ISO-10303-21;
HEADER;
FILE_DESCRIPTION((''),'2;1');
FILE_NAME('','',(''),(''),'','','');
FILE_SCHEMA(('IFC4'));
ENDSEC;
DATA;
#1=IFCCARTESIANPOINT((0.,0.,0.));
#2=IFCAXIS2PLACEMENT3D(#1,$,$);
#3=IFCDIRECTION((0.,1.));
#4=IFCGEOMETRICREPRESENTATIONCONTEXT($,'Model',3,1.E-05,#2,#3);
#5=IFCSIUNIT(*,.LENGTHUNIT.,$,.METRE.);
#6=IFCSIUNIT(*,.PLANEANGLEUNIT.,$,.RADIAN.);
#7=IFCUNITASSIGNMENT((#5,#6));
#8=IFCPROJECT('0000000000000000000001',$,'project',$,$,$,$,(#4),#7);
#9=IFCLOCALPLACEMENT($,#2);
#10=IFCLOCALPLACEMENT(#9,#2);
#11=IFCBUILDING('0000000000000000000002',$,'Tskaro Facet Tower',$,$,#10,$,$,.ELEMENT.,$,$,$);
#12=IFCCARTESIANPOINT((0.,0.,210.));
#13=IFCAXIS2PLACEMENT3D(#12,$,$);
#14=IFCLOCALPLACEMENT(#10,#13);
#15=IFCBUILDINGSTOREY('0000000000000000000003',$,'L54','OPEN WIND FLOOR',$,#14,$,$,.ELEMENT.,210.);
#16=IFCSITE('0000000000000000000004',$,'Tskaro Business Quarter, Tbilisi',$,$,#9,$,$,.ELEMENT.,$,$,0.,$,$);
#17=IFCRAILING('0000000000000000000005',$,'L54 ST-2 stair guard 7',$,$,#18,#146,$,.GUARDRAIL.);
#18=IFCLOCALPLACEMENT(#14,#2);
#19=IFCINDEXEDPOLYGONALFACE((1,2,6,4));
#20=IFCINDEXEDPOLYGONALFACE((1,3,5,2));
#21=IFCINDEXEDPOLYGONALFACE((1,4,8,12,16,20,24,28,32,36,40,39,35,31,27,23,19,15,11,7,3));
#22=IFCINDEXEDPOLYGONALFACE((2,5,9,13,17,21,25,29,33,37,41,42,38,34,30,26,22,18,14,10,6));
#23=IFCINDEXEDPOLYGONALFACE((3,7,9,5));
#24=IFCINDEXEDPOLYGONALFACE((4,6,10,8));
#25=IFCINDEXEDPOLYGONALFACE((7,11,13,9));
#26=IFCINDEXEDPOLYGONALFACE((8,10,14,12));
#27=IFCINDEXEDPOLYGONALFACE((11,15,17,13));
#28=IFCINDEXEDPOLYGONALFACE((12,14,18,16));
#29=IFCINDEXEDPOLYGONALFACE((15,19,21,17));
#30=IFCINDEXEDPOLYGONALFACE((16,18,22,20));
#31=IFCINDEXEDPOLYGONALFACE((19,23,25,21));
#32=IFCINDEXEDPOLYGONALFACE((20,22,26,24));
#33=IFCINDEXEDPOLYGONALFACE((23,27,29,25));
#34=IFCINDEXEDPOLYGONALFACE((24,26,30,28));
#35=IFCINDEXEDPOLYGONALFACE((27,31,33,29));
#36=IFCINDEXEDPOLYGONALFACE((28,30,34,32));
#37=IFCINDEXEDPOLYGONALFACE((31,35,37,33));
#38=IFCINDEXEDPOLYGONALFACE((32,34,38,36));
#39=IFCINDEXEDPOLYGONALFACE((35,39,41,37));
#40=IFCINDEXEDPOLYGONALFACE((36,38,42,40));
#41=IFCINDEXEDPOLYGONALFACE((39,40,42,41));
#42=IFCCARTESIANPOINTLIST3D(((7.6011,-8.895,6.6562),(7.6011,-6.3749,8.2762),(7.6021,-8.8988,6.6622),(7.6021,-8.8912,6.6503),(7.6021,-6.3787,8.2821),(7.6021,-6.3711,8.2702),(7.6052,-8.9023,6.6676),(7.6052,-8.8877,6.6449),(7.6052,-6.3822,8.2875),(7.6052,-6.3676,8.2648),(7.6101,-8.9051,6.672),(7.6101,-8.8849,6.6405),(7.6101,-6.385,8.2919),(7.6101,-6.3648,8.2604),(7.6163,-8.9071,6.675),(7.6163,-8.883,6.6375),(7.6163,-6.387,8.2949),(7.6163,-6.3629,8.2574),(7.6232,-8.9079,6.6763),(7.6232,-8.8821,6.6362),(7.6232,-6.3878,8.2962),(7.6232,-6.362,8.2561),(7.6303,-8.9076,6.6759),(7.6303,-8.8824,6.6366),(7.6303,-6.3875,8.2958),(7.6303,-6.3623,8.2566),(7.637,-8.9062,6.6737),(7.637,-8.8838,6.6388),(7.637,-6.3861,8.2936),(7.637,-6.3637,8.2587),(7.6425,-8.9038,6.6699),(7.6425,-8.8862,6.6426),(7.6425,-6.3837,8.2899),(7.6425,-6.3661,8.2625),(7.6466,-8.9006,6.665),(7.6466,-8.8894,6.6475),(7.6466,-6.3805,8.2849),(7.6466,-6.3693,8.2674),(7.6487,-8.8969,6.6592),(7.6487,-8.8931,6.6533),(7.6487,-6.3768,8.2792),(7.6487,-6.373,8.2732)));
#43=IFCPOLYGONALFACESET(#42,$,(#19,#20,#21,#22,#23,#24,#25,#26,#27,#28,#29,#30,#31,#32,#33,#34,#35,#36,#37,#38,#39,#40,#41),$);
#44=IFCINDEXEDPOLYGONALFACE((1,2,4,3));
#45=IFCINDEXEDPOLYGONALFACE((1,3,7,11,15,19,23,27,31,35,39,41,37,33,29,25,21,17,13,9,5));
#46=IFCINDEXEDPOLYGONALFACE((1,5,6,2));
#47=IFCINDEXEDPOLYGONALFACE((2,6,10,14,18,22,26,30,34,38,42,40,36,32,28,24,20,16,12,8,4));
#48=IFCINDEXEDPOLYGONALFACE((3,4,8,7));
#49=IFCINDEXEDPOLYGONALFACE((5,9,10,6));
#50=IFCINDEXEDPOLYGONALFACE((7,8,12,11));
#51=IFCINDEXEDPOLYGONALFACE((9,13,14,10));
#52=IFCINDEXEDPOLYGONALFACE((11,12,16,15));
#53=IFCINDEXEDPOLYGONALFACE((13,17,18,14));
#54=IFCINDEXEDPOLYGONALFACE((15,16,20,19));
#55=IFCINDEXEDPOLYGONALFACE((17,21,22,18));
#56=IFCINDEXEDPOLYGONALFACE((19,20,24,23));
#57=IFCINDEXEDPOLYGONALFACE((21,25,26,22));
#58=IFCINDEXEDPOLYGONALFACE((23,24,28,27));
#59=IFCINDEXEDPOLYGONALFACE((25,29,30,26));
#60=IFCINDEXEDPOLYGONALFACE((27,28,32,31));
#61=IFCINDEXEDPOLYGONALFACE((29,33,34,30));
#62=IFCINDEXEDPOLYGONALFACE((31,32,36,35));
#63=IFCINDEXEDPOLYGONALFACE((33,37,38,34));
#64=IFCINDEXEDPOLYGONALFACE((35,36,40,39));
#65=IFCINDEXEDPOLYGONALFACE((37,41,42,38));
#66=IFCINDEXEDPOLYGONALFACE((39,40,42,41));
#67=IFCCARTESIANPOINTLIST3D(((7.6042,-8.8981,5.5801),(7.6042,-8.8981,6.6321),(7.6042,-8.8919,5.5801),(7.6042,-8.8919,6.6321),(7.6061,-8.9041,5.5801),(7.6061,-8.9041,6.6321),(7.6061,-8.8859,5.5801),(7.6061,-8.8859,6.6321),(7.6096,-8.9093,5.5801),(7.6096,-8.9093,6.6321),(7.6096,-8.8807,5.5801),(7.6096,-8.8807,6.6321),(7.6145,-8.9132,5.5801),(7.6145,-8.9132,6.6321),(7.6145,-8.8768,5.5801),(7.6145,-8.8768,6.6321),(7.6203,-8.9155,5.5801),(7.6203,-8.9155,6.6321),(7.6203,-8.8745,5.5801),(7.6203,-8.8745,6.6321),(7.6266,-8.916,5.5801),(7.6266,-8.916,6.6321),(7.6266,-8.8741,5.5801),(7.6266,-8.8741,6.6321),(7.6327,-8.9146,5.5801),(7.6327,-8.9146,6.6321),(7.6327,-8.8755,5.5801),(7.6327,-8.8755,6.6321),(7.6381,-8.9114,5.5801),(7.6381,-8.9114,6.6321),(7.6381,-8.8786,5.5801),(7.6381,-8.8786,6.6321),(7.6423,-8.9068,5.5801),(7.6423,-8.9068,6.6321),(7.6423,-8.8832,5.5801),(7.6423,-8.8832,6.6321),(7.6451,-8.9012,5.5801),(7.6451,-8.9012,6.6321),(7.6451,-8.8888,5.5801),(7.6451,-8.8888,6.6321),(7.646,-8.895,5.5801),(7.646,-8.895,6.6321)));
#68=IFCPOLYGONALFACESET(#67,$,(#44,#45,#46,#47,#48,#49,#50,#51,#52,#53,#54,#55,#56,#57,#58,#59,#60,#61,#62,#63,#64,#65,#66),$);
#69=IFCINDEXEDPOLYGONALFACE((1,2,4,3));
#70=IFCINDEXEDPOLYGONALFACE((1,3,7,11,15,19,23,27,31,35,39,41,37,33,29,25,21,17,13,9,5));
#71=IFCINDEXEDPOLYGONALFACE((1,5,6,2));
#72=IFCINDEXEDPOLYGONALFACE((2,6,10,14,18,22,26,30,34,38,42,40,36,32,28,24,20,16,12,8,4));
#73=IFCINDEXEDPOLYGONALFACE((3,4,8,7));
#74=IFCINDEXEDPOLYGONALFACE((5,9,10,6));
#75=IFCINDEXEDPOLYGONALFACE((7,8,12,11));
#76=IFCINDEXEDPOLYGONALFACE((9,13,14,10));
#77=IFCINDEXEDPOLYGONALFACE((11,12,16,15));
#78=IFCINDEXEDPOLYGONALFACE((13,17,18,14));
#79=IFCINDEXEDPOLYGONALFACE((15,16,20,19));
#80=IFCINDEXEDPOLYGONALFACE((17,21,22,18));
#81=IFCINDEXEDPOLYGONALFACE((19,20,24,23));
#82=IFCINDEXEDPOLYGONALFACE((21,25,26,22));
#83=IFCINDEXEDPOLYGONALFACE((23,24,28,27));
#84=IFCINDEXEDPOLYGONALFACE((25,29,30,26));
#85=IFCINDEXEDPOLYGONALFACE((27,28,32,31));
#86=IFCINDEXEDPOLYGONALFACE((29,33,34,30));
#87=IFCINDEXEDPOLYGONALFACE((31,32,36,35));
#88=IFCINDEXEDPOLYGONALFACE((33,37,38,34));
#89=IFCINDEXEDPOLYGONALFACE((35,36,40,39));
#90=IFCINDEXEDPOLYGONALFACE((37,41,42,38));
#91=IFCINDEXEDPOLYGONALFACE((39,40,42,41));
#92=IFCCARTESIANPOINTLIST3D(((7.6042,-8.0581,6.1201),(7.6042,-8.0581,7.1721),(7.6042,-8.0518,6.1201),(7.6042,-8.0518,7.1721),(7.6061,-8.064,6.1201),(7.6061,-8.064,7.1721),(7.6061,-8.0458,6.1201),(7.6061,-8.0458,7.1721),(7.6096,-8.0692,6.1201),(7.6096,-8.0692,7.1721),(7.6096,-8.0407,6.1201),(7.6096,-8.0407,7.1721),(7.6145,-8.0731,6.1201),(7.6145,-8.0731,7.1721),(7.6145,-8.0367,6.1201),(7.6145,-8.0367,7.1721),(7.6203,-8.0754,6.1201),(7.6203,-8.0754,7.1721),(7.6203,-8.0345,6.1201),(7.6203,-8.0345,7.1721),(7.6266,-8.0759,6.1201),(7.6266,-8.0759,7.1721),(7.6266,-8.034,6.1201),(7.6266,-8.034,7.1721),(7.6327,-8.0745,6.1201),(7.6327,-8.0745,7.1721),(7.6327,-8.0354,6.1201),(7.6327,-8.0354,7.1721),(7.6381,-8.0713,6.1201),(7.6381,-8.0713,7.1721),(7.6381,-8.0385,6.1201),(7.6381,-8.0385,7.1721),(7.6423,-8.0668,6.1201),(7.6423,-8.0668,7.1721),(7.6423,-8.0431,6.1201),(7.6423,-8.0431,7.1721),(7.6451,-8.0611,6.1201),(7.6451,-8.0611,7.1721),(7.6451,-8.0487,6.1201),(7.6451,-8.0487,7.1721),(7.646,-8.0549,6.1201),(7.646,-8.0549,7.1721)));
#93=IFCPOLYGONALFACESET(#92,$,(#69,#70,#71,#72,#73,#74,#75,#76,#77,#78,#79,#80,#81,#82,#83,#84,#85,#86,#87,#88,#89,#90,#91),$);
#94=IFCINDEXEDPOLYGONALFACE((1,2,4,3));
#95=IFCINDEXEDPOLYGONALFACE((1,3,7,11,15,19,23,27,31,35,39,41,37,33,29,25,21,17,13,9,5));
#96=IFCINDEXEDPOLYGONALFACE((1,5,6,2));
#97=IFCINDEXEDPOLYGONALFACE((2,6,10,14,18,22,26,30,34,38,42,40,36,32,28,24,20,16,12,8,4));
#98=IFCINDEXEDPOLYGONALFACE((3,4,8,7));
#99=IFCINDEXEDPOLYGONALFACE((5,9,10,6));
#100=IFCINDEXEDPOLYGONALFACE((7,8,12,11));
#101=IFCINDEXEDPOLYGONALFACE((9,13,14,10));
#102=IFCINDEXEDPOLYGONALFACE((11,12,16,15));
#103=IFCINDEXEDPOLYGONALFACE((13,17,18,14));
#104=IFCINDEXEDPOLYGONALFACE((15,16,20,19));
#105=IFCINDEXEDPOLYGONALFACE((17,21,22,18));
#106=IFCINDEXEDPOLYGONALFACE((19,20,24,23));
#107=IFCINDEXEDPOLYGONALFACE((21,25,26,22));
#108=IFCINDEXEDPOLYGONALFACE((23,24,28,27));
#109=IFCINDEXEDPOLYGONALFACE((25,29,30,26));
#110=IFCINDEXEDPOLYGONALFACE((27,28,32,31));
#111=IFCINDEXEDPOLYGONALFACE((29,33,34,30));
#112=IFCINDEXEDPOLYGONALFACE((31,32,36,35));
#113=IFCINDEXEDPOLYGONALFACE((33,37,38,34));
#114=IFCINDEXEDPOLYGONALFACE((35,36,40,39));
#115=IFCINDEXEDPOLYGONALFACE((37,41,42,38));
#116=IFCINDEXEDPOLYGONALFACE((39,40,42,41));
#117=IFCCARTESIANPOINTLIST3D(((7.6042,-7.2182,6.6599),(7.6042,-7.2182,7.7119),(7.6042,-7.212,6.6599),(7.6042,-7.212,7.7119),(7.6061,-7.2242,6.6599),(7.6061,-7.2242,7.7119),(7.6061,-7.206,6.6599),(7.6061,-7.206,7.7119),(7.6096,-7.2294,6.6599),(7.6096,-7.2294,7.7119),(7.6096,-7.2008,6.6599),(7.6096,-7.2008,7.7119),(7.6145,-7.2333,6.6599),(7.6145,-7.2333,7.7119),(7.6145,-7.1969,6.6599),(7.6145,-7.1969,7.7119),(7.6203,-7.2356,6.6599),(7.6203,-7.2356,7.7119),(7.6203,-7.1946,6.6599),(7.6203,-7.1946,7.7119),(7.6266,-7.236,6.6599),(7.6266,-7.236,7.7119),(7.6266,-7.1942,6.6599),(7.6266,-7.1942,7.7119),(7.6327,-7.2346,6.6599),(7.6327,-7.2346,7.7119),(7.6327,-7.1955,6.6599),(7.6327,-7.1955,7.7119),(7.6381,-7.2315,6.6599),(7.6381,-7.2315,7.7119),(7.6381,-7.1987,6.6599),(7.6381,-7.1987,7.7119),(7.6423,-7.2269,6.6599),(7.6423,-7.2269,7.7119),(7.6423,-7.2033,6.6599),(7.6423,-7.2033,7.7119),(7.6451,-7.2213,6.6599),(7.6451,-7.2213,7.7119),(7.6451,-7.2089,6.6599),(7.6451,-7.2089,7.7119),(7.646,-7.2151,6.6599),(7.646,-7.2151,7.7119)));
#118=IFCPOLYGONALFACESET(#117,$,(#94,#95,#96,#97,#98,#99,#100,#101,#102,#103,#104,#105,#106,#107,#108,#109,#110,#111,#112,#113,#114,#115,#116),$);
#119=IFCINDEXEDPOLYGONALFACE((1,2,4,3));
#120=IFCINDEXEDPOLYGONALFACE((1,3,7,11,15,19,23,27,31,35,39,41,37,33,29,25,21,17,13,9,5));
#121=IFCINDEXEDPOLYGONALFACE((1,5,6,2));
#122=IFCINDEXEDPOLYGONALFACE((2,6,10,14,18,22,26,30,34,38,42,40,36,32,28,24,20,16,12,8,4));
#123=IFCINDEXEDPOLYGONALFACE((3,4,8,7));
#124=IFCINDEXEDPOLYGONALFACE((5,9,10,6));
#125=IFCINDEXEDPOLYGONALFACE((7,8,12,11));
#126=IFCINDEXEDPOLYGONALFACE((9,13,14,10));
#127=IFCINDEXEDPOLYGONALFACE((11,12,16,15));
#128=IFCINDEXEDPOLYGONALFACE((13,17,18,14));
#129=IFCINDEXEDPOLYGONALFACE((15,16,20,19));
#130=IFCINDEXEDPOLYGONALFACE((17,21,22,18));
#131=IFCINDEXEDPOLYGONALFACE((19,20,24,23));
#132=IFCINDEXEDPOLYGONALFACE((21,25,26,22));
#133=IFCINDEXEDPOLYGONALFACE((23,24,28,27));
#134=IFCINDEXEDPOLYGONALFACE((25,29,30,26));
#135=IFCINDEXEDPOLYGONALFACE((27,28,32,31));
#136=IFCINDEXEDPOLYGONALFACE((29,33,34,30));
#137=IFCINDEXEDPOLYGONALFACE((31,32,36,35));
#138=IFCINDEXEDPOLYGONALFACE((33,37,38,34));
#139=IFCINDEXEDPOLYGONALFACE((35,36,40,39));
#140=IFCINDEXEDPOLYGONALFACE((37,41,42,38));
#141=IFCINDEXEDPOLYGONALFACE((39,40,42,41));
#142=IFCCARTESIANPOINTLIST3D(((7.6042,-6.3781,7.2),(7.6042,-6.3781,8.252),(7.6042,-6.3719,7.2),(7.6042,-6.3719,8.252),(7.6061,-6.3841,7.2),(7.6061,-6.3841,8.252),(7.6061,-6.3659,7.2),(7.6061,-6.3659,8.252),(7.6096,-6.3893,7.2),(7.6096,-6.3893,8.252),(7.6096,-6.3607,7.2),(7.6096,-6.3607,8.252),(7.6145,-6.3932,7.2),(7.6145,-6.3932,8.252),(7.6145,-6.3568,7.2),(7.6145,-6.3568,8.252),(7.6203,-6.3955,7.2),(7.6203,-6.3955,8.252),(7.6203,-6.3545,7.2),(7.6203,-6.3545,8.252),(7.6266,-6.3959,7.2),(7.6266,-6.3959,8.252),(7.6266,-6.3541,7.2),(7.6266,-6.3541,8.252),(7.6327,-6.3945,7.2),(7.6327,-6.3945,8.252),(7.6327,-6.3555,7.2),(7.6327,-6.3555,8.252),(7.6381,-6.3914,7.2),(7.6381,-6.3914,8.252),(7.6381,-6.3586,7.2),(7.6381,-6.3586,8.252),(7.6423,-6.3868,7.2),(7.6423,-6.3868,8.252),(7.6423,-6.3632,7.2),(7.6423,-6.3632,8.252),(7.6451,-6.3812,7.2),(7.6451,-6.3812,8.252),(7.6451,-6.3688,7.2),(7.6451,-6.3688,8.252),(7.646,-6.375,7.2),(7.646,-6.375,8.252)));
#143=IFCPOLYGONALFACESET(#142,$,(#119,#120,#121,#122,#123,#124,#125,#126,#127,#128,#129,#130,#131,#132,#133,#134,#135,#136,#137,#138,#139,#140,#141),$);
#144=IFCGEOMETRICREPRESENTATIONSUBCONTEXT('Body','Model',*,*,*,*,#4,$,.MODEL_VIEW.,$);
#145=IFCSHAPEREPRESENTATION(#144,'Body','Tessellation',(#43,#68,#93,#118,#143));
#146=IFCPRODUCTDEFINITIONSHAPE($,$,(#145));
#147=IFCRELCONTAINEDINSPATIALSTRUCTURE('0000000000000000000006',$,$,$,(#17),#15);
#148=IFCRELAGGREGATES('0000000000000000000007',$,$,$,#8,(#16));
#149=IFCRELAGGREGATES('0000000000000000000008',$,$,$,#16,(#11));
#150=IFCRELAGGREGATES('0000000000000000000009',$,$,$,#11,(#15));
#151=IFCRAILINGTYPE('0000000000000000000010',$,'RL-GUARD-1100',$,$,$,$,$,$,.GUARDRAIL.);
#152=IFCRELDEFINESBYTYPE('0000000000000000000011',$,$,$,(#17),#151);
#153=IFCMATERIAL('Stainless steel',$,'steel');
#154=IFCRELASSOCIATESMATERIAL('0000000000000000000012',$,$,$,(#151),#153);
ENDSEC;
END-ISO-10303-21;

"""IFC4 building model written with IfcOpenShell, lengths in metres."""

from ifc_helpers import new_model, si_unit, direction, frame, origin, origin_2d, place, context, subcontext, project, spatial, circle, extrude, material, type_object, element, save


model = new_model("IFC4")

# Units and contexts
model_context = context("Model", 3, precision=1e-05, world=origin(), true_north=direction((0.0, 1.0)))
body_context = subcontext(model_context, "Body", "Model", "MODEL_VIEW")
ifc_project = project(units=[si_unit("LENGTHUNIT", "METRE"), si_unit("PLANEANGLEUNIT", "RADIAN")], contexts=[model_context])

# Site, building, storey
site_placement = place(None, origin())
site = spatial("IfcSite", under=ifc_project, at=site_placement, Name="Tskaro Business Quarter, Tbilisi", CompositionType="ELEMENT", RefElevation=0.0)
building_placement = place(site_placement, origin())
building = spatial("IfcBuilding", under=site, at=building_placement, Name="Tskaro Facet Tower", CompositionType="ELEMENT")
storey_placement = place(building_placement, frame((0.0, 0.0, 210.0)))
storey = spatial("IfcBuildingStorey", under=building, at=storey_placement, Name="L54", Description="OPEN WIND FLOOR", CompositionType="ELEMENT", Elevation=210.0)

# Railing
ifc_material_1 = material(Name="Stainless steel", Category="steel")
railing_type = type_object("IfcRailingType", Name="RL-GUARD-1100", PredefinedType="GUARDRAIL", material=ifc_material_1)
railing_1_placement = place(storey_placement, frame((7.625, -8.895, 5.5801)))
element("IfcRailing", 1, at=railing_1_placement, inside=storey, type_object=railing_type, Name="L54 ST-2 stair guard 7", PredefinedType="GUARDRAIL", context=body_context, shape_type="SweptSolid", body=[
    extrude(circle(Radius=0.0239, at=origin_2d()), frame((0.0, 0.0, 1.0762), z_axis=(0.0, 0.8412, 0.540725), x_axis=(-1.0, 0.0, 0.0)), (0.0, 0.0, 1.0), 2.9958),
    extrude(circle(Radius=0.021, at=origin_2d()), origin(), (0.0, 0.0, 1.0), 1.052),
    extrude(circle(Radius=0.021, at=origin_2d()), frame((0.0, 0.8401, 0.54)), (0.0, 0.0, 1.0), 1.052),
    extrude(circle(Radius=0.021, at=origin_2d()), frame((0.0, 1.6799, 1.0798)), (0.0, 0.0, 1.0), 1.052),
    extrude(circle(Radius=0.021, at=origin_2d()), frame((0.0, 2.52, 1.6199)), (0.0, 0.0, 1.0), 1.052),
])

save(model, "model.ifc")
